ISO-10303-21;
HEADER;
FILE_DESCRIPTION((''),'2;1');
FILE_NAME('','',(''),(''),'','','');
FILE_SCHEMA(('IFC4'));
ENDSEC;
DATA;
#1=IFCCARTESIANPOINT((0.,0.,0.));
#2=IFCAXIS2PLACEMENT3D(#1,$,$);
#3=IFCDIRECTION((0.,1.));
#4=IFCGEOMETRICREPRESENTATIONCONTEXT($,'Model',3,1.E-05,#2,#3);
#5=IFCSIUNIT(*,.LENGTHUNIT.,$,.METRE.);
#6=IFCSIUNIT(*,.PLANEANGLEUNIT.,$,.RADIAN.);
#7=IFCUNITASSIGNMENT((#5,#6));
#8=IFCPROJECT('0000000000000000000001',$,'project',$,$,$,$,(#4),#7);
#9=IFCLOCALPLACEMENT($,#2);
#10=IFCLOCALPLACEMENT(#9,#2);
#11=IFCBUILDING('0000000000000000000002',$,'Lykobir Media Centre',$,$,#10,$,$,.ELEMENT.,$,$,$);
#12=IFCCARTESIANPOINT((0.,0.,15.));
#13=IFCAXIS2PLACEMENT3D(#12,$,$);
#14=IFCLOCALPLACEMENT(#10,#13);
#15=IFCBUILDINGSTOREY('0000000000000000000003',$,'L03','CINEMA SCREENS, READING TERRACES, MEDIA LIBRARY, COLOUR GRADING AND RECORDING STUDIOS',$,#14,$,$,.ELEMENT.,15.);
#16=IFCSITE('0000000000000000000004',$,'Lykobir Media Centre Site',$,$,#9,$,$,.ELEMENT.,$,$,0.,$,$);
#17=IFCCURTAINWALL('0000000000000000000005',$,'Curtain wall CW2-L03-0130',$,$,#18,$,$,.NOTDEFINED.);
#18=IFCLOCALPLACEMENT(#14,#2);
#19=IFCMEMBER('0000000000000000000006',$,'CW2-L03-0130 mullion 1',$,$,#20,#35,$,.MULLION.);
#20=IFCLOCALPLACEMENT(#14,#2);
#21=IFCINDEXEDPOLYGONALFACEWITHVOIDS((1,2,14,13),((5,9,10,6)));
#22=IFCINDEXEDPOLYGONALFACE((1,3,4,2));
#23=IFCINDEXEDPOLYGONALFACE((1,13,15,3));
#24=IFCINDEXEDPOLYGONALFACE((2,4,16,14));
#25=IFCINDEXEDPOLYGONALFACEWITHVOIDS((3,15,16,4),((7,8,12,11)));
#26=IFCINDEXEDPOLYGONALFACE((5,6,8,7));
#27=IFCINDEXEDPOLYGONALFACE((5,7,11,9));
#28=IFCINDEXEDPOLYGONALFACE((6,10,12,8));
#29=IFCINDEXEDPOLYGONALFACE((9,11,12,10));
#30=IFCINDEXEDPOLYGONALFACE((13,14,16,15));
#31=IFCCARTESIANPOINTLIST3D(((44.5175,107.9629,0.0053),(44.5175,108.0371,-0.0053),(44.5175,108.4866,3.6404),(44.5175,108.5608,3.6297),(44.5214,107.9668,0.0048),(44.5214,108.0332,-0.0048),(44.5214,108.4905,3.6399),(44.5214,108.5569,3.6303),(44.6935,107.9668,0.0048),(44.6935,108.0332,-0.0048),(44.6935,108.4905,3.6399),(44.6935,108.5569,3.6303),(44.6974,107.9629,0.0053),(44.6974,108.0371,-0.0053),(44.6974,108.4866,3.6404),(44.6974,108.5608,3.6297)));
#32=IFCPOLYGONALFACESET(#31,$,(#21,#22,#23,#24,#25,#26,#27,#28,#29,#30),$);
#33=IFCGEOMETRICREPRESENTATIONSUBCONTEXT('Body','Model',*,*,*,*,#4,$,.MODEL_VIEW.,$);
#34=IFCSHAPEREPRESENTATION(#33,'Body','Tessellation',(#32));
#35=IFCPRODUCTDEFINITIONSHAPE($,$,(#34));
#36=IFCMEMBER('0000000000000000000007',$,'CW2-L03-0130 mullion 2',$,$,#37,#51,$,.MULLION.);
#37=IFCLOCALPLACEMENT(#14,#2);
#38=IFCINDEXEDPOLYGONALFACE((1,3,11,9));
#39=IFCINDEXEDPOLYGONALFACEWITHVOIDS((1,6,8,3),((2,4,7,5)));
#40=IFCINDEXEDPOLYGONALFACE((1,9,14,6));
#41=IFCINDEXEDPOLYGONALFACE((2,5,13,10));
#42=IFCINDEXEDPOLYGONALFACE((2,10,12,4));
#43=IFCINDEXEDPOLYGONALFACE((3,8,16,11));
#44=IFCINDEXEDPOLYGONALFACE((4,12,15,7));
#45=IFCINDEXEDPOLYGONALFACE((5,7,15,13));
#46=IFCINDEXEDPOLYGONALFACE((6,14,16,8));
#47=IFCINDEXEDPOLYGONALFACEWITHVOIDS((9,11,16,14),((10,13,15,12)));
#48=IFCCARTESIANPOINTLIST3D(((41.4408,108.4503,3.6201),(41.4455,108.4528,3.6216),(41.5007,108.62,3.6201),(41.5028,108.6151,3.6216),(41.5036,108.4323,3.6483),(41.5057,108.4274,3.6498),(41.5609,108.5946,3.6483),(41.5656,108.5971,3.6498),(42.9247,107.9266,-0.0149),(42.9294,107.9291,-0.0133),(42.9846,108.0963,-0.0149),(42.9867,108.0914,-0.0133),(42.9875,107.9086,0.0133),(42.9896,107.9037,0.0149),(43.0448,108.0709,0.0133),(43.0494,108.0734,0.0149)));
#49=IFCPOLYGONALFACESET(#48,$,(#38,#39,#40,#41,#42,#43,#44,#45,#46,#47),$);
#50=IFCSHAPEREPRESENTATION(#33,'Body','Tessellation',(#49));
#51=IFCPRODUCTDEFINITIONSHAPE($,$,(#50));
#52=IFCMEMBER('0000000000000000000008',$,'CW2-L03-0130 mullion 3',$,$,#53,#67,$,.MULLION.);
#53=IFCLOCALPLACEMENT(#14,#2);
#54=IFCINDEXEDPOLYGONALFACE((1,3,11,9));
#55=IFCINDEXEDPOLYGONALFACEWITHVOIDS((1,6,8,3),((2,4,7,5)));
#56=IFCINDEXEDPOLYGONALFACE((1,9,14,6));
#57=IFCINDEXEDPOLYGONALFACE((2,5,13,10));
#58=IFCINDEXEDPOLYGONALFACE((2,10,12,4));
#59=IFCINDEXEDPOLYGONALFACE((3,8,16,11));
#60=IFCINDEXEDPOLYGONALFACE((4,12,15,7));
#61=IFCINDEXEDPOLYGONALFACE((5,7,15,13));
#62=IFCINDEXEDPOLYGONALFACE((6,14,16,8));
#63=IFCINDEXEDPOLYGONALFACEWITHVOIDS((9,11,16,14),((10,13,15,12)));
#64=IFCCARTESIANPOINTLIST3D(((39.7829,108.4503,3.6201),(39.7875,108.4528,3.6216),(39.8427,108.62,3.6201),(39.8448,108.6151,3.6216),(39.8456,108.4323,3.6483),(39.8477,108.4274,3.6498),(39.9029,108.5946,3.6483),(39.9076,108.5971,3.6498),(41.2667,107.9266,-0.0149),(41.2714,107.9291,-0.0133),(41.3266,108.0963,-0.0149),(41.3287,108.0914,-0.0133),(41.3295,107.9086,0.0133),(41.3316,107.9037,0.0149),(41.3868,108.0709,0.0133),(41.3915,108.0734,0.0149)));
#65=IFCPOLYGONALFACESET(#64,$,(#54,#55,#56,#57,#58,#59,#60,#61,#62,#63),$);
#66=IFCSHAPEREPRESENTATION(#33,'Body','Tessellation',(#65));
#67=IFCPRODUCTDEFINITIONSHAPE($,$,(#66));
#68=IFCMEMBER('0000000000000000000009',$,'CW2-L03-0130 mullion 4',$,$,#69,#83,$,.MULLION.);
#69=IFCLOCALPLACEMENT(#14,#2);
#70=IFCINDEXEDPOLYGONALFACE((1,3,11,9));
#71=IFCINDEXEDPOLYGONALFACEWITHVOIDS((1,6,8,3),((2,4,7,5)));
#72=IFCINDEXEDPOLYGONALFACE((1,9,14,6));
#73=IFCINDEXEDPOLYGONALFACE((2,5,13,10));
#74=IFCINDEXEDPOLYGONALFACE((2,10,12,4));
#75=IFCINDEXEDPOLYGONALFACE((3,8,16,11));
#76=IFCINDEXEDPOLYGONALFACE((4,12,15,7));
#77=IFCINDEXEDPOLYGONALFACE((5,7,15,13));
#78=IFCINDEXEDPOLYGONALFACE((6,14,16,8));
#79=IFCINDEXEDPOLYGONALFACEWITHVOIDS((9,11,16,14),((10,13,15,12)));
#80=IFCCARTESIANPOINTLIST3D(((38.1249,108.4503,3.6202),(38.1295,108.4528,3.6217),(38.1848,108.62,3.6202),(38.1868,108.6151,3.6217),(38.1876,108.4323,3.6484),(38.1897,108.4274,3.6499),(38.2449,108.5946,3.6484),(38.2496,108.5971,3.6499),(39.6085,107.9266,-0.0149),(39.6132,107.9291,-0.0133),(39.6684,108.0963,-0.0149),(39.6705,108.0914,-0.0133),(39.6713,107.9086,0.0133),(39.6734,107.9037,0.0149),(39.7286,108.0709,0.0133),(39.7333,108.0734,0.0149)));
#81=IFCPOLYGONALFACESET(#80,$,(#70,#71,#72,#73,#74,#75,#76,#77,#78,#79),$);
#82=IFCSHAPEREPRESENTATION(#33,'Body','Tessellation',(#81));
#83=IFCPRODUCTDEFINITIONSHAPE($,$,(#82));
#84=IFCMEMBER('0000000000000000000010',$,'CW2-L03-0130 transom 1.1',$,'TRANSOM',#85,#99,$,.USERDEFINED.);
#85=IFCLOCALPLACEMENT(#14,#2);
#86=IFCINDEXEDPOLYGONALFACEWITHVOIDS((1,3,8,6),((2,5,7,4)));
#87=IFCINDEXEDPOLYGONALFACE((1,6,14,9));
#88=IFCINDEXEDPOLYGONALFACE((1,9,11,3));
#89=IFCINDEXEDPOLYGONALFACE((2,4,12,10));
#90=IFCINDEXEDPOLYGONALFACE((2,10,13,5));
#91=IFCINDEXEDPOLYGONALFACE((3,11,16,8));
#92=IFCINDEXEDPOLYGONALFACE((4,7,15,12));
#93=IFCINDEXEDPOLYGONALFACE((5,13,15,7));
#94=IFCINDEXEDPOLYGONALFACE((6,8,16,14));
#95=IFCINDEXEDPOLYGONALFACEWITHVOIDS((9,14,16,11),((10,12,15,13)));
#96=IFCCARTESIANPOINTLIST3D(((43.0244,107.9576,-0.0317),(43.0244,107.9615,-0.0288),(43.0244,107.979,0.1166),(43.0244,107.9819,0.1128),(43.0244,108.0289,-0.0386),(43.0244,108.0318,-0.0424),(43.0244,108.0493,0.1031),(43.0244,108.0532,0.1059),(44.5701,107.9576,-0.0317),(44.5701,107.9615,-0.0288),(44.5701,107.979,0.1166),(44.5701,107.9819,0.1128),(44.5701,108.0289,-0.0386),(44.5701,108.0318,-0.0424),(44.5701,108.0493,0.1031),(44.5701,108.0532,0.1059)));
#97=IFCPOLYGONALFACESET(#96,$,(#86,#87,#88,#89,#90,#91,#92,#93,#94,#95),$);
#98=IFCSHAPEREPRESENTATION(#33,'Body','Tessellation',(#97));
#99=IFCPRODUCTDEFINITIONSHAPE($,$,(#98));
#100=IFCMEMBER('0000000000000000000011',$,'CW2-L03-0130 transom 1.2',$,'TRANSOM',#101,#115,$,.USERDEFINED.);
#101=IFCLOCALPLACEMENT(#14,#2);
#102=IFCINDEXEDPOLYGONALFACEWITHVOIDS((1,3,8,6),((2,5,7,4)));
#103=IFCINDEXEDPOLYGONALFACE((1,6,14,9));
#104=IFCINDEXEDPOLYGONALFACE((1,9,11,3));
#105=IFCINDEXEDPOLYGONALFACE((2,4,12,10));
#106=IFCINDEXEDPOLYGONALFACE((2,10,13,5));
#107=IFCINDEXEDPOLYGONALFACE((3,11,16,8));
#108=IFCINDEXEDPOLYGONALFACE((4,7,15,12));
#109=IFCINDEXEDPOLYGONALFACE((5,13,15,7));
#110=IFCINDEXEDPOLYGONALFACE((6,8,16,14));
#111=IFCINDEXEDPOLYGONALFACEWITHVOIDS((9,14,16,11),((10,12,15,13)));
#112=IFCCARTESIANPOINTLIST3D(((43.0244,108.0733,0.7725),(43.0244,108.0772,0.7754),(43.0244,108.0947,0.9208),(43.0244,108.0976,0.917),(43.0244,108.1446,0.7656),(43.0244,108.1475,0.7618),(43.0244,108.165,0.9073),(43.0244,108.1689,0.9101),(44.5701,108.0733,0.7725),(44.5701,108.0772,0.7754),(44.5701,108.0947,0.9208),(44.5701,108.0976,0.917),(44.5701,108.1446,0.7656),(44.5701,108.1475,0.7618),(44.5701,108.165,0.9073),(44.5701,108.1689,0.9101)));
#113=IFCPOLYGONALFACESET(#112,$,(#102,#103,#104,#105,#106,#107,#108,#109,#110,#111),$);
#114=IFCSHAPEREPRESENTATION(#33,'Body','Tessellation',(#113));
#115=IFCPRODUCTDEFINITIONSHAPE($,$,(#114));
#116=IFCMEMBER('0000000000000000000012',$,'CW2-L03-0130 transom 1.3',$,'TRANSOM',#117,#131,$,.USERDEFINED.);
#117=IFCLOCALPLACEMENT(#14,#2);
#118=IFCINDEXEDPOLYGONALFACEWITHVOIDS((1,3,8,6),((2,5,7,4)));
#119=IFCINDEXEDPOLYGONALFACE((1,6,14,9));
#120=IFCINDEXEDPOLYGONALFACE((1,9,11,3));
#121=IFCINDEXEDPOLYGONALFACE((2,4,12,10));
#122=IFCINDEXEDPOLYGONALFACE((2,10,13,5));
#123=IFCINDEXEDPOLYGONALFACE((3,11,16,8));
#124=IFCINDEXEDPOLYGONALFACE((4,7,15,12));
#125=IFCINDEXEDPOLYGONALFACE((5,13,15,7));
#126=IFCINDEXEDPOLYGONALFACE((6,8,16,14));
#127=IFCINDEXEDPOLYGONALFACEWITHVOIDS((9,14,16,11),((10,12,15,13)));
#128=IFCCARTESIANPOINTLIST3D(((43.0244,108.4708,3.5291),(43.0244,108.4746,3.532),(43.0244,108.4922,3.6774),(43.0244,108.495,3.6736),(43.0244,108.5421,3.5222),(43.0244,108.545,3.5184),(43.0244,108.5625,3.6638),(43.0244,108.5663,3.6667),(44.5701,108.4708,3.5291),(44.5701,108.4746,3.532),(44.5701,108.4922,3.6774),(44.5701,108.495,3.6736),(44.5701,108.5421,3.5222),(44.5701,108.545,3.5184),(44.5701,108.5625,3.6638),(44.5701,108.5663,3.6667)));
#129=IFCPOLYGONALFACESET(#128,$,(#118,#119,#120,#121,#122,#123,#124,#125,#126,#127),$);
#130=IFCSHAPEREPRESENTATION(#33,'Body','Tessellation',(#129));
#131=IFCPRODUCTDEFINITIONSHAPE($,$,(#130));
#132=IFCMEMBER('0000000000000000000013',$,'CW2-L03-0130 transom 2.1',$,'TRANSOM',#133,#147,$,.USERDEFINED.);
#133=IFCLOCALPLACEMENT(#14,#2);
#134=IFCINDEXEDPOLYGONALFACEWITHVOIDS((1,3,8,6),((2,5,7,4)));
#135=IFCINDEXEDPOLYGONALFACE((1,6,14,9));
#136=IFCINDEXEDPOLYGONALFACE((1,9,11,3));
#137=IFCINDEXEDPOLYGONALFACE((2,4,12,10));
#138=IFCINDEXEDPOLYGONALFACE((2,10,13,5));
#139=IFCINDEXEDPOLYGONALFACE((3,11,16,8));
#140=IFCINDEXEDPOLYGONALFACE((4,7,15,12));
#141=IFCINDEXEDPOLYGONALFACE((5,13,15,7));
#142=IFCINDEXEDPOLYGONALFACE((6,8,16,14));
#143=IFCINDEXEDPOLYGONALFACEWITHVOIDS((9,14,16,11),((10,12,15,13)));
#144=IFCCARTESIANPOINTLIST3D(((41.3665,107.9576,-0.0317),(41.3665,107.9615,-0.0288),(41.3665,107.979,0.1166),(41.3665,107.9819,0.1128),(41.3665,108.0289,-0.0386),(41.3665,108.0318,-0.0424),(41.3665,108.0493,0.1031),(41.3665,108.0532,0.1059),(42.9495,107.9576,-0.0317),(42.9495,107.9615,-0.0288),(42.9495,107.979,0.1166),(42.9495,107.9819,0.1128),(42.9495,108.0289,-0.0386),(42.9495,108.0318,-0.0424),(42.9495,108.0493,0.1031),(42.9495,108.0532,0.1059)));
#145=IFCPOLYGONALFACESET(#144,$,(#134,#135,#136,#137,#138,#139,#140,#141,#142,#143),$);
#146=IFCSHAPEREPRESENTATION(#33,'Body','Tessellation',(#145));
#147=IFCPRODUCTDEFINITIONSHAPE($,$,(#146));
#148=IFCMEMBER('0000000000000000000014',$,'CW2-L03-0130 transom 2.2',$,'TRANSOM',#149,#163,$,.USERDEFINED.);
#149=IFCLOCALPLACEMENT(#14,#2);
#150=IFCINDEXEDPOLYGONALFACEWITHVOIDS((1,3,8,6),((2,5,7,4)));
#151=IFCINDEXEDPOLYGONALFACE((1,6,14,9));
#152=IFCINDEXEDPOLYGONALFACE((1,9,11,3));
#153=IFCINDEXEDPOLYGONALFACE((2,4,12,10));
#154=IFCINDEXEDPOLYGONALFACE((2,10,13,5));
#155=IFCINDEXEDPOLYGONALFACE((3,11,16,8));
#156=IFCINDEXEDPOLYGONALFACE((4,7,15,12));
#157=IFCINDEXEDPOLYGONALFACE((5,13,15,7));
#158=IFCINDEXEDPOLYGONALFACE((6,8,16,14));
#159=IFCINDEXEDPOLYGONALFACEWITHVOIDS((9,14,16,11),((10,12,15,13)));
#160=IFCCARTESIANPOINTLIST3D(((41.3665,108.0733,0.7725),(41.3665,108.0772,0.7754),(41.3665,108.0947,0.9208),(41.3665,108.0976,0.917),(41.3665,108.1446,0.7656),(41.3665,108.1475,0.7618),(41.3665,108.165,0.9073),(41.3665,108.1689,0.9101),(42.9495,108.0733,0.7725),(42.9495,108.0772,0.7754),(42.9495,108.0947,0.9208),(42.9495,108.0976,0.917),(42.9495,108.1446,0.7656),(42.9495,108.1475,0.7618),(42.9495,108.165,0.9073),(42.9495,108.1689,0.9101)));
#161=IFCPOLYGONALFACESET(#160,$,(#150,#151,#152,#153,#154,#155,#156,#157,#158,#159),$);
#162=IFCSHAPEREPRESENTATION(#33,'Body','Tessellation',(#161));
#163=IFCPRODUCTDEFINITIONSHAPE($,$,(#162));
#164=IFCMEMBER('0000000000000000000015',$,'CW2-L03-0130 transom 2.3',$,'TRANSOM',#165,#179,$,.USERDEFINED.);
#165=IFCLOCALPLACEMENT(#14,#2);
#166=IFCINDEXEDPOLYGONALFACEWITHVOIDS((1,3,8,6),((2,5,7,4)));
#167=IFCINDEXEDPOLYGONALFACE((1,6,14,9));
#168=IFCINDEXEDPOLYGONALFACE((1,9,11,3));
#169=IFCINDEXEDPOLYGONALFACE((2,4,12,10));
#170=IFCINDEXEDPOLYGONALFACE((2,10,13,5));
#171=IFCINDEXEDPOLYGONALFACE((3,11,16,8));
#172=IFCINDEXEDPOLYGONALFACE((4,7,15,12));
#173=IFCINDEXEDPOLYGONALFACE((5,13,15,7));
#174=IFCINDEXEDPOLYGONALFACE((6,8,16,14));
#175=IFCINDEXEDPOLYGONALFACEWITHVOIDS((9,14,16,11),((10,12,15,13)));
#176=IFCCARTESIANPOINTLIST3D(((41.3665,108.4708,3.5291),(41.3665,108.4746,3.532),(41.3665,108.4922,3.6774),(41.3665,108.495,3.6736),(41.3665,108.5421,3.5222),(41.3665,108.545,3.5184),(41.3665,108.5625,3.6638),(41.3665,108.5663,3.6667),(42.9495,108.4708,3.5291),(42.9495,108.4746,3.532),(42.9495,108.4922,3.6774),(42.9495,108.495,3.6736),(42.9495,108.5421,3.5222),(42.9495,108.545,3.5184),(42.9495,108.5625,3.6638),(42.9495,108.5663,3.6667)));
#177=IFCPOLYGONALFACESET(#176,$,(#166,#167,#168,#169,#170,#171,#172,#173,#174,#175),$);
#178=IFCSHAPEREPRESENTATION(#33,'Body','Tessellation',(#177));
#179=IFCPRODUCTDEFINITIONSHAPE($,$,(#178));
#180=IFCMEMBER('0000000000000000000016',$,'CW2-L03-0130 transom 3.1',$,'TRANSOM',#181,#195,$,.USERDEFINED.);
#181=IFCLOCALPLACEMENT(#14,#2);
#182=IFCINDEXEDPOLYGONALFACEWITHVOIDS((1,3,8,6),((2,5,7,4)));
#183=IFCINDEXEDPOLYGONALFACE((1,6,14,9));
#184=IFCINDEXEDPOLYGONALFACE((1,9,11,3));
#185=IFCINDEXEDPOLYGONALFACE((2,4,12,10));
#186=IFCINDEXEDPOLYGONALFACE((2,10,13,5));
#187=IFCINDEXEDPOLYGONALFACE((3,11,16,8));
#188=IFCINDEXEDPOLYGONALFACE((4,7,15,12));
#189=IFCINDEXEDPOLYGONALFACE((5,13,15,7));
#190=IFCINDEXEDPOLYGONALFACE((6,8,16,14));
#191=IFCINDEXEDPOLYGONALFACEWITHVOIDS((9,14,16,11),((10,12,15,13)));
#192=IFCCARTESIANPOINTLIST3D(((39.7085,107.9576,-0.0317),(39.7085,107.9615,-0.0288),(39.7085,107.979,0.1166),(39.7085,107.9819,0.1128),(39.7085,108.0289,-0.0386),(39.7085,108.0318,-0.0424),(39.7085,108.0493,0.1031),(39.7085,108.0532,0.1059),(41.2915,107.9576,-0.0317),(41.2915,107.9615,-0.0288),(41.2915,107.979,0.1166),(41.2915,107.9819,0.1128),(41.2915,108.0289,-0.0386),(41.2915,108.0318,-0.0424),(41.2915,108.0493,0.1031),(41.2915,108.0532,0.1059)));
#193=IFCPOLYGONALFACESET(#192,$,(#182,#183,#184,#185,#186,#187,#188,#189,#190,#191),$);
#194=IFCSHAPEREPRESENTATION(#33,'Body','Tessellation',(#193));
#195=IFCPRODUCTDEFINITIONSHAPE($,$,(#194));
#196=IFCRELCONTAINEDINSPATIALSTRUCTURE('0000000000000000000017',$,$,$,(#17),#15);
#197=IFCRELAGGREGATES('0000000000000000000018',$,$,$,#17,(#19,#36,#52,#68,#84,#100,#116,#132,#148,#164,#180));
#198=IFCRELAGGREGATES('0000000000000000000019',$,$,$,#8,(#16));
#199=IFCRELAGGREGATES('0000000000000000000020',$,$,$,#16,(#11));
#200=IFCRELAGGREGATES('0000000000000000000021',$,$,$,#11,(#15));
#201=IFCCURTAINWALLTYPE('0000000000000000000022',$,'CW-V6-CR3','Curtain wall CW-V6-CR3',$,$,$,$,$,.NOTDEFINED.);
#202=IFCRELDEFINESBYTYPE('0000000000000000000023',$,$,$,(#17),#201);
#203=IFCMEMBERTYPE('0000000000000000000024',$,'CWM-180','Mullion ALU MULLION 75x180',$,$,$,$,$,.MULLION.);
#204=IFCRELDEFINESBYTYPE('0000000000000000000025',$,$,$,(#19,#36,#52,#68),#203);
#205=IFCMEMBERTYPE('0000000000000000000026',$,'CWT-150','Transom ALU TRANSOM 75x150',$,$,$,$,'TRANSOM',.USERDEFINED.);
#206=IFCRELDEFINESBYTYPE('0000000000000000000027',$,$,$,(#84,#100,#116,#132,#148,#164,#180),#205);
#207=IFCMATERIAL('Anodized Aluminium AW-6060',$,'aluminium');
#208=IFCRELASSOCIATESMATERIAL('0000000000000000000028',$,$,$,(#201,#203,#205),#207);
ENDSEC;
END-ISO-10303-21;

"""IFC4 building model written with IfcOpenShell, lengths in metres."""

from ifc_helpers import new_model, si_unit, direction, frame, origin, origin_2d, place, context, subcontext, project, spatial, hollow_rectangle, extrude, material, material_profile, profile_set, type_object, element, aggregate, save


model = new_model("IFC4")

# Units and contexts
model_context = context("Model", 3, precision=1e-05, world=origin(), true_north=direction((0.0, 1.0)))
body_context = subcontext(model_context, "Body", "Model", "MODEL_VIEW")
ifc_project = project(units=[si_unit("LENGTHUNIT", "METRE"), si_unit("PLANEANGLEUNIT", "RADIAN")], contexts=[model_context])

# Site, building, storey
site_placement = place(None, origin())
site = spatial("IfcSite", under=ifc_project, at=site_placement, Name="Lykobir Media Centre Site", CompositionType="ELEMENT", RefElevation=0.0)
building_placement = place(site_placement, origin())
building = spatial("IfcBuilding", under=site, at=building_placement, Name="Lykobir Media Centre", CompositionType="ELEMENT")
storey_placement = place(building_placement, frame((0.0, 0.0, 15.0)))
storey = spatial("IfcBuildingStorey", under=building, at=storey_placement, Name="L03", Description="CINEMA SCREENS, READING TERRACES, MEDIA LIBRARY, COLOUR GRADING AND RECORDING STUDIOS", CompositionType="ELEMENT", Elevation=15.0)

# Curtain wall, members
ifc_material_1 = material(Name="Anodized Aluminium AW-6060", Category="aluminium")
curtain_wall_type = type_object("IfcCurtainWallType", Name="CW-V6-CR3", Description="Curtain wall CW-V6-CR3", PredefinedType="NOTDEFINED", material=ifc_material_1)
curtain_wall_placement = place(storey_placement, origin())
curtain_wall = element("IfcCurtainWall", 1, at=curtain_wall_placement, inside=storey, type_object=curtain_wall_type, Name="Curtain wall CW2-L03-0130", PredefinedType="NOTDEFINED")
ifc_material_profile_1 = material_profile(ifc_material_1, hollow_rectangle(XDim=0.075, YDim=0.1799, WallThickness=0.0039, at=origin_2d()), Name="ALU MULLION 75x180")
ifc_profile_set_1 = profile_set([ifc_material_profile_1], Name="Anodized Aluminium AW-6060")
member_type_1 = type_object("IfcMemberType", Name="CWM-180", Description="Mullion ALU MULLION 75x180", PredefinedType="MULLION", material=ifc_profile_set_1)
member_1_placement = place(storey_placement, frame((44.6074, 108.0, 0.0), z_axis=(0.0, 0.142594, 0.989781), x_axis=(0.0, 0.989781, -0.142594)))
member_1 = element("IfcMember", 2, at=member_1_placement, type_object=member_type_1, Name="CW2-L03-0130 mullion 1", PredefinedType="MULLION", context=body_context, shape_type="SweptSolid", body=[
    extrude(hollow_rectangle(XDim=0.075, YDim=0.1799, WallThickness=0.0039, at=origin_2d()), origin(), (0.0, 0.0, 1.0), 3.6726),
])
member_2_placement = place(storey_placement, frame((42.9871, 108.0, 0.0), z_axis=(-0.374625, 0.13221, 0.917702), x_axis=(-0.865392, 0.305407, -0.39727)))
member_2 = element("IfcMember", 3, at=member_2_placement, type_object=member_type_1, Name="CW2-L03-0130 mullion 2", PredefinedType="MULLION", context=body_context, shape_type="SweptSolid", body=[
    extrude(hollow_rectangle(XDim=0.075, YDim=0.1799, WallThickness=0.0039, at=origin_2d()), origin(), (0.0, 0.0, 1.0), 3.9609),
])
member_3_placement = place(storey_placement, frame((41.3291, 108.0, 0.0), z_axis=(-0.374625, 0.13221, 0.917702), x_axis=(-0.865392, 0.305407, -0.39727)))
member_3 = element("IfcMember", 4, at=member_3_placement, type_object=member_type_1, Name="CW2-L03-0130 mullion 3", PredefinedType="MULLION", context=body_context, shape_type="SweptSolid", body=[
    extrude(hollow_rectangle(XDim=0.075, YDim=0.1799, WallThickness=0.0039, at=origin_2d()), origin(), (0.0, 0.0, 1.0), 3.9609),
])
member_4_placement = place(storey_placement, frame((39.6709, 108.0, 0.0), z_axis=(-0.374572, 0.132213, 0.917723), x_axis=(-0.865396, 0.305459, -0.397221)))
member_4 = element("IfcMember", 5, at=member_4_placement, type_object=member_type_1, Name="CW2-L03-0130 mullion 4", PredefinedType="MULLION", context=body_context, shape_type="SweptSolid", body=[
    extrude(hollow_rectangle(XDim=0.075, YDim=0.1799, WallThickness=0.0039, at=origin_2d()), origin(), (0.0, 0.0, 1.0), 3.9609),
])
ifc_material_profile_2 = material_profile(ifc_material_1, hollow_rectangle(XDim=0.075, YDim=0.1499, WallThickness=0.0034, at=origin_2d()), Name="ALU TRANSOM 75x150")
ifc_profile_set_2 = profile_set([ifc_material_profile_2], Name="Anodized Aluminium AW-6060")
member_type_2 = type_object("IfcMemberType", Name="CWT-150", Description="Transom ALU TRANSOM 75x150", ElementType="TRANSOM", PredefinedType="USERDEFINED", material=ifc_profile_set_2)
member_5_placement = place(storey_placement, frame((44.5701, 108.0054, 0.0371), z_axis=(-1.0, 0.0, 0.0), x_axis=(0.0, -0.989776, 0.142629)))
member_5 = element("IfcMember", 6, at=member_5_placement, type_object=member_type_2, Name="CW2-L03-0130 transom 1.1", ObjectType="TRANSOM", PredefinedType="USERDEFINED", context=body_context, shape_type="SweptSolid", body=[
    extrude(hollow_rectangle(XDim=0.075, YDim=0.1499, WallThickness=0.0034, at=origin_2d()), origin(), (0.0, 0.0, 1.0), 1.5457),
])
member_6_placement = place(storey_placement, frame((44.5701, 108.1211, 0.8413), z_axis=(-1.0, 0.0, 0.0), x_axis=(0.0, -0.989776, 0.142629)))
member_6 = element("IfcMember", 7, at=member_6_placement, type_object=member_type_2, Name="CW2-L03-0130 transom 1.2", ObjectType="TRANSOM", PredefinedType="USERDEFINED", context=body_context, shape_type="SweptSolid", body=[
    extrude(hollow_rectangle(XDim=0.075, YDim=0.1499, WallThickness=0.0034, at=origin_2d()), origin(), (0.0, 0.0, 1.0), 1.5457),
])
member_7_placement = place(storey_placement, frame((44.5701, 108.5186, 3.5979), z_axis=(-1.0, 0.0, 0.0), x_axis=(0.0, -0.989776, 0.142629)))
member_7 = element("IfcMember", 8, at=member_7_placement, type_object=member_type_2, Name="CW2-L03-0130 transom 1.3", ObjectType="TRANSOM", PredefinedType="USERDEFINED", context=body_context, shape_type="SweptSolid", body=[
    extrude(hollow_rectangle(XDim=0.075, YDim=0.1499, WallThickness=0.0034, at=origin_2d()), origin(), (0.0, 0.0, 1.0), 1.5457),
])
member_8_placement = place(storey_placement, frame((42.9495, 108.0054, 0.0371), z_axis=(-1.0, 0.0, 0.0), x_axis=(0.0, -0.989776, 0.142629)))
member_8 = element("IfcMember", 9, at=member_8_placement, type_object=member_type_2, Name="CW2-L03-0130 transom 2.1", ObjectType="TRANSOM", PredefinedType="USERDEFINED", context=body_context, shape_type="SweptSolid", body=[
    extrude(hollow_rectangle(XDim=0.075, YDim=0.1499, WallThickness=0.0034, at=origin_2d()), origin(), (0.0, 0.0, 1.0), 1.583),
])
member_9_placement = place(storey_placement, frame((42.9495, 108.1211, 0.8413), z_axis=(-1.0, 0.0, 0.0), x_axis=(0.0, -0.989776, 0.142629)))
member_9 = element("IfcMember", 10, at=member_9_placement, type_object=member_type_2, Name="CW2-L03-0130 transom 2.2", ObjectType="TRANSOM", PredefinedType="USERDEFINED", context=body_context, shape_type="SweptSolid", body=[
    extrude(hollow_rectangle(XDim=0.075, YDim=0.1499, WallThickness=0.0034, at=origin_2d()), origin(), (0.0, 0.0, 1.0), 1.583),
])
member_10_placement = place(storey_placement, frame((42.9495, 108.5186, 3.5979), z_axis=(-1.0, 0.0, 0.0), x_axis=(0.0, -0.989776, 0.142629)))
member_10 = element("IfcMember", 11, at=member_10_placement, type_object=member_type_2, Name="CW2-L03-0130 transom 2.3", ObjectType="TRANSOM", PredefinedType="USERDEFINED", context=body_context, shape_type="SweptSolid", body=[
    extrude(hollow_rectangle(XDim=0.075, YDim=0.1499, WallThickness=0.0034, at=origin_2d()), origin(), (0.0, 0.0, 1.0), 1.583),
])
member_11_placement = place(storey_placement, frame((41.2915, 108.0054, 0.0371), z_axis=(-1.0, 0.0, 0.0), x_axis=(0.0, -0.989776, 0.142629)))
member_11 = element("IfcMember", 12, at=member_11_placement, type_object=member_type_2, Name="CW2-L03-0130 transom 3.1", ObjectType="TRANSOM", PredefinedType="USERDEFINED", context=body_context, shape_type="SweptSolid", body=[
    extrude(hollow_rectangle(XDim=0.075, YDim=0.1499, WallThickness=0.0034, at=origin_2d()), origin(), (0.0, 0.0, 1.0), 1.583),
])
aggregate(curtain_wall, [member_1, member_2, member_3, member_4, member_5, member_6, member_7, member_8, member_9, member_10, member_11])

save(model, "model.ifc")
